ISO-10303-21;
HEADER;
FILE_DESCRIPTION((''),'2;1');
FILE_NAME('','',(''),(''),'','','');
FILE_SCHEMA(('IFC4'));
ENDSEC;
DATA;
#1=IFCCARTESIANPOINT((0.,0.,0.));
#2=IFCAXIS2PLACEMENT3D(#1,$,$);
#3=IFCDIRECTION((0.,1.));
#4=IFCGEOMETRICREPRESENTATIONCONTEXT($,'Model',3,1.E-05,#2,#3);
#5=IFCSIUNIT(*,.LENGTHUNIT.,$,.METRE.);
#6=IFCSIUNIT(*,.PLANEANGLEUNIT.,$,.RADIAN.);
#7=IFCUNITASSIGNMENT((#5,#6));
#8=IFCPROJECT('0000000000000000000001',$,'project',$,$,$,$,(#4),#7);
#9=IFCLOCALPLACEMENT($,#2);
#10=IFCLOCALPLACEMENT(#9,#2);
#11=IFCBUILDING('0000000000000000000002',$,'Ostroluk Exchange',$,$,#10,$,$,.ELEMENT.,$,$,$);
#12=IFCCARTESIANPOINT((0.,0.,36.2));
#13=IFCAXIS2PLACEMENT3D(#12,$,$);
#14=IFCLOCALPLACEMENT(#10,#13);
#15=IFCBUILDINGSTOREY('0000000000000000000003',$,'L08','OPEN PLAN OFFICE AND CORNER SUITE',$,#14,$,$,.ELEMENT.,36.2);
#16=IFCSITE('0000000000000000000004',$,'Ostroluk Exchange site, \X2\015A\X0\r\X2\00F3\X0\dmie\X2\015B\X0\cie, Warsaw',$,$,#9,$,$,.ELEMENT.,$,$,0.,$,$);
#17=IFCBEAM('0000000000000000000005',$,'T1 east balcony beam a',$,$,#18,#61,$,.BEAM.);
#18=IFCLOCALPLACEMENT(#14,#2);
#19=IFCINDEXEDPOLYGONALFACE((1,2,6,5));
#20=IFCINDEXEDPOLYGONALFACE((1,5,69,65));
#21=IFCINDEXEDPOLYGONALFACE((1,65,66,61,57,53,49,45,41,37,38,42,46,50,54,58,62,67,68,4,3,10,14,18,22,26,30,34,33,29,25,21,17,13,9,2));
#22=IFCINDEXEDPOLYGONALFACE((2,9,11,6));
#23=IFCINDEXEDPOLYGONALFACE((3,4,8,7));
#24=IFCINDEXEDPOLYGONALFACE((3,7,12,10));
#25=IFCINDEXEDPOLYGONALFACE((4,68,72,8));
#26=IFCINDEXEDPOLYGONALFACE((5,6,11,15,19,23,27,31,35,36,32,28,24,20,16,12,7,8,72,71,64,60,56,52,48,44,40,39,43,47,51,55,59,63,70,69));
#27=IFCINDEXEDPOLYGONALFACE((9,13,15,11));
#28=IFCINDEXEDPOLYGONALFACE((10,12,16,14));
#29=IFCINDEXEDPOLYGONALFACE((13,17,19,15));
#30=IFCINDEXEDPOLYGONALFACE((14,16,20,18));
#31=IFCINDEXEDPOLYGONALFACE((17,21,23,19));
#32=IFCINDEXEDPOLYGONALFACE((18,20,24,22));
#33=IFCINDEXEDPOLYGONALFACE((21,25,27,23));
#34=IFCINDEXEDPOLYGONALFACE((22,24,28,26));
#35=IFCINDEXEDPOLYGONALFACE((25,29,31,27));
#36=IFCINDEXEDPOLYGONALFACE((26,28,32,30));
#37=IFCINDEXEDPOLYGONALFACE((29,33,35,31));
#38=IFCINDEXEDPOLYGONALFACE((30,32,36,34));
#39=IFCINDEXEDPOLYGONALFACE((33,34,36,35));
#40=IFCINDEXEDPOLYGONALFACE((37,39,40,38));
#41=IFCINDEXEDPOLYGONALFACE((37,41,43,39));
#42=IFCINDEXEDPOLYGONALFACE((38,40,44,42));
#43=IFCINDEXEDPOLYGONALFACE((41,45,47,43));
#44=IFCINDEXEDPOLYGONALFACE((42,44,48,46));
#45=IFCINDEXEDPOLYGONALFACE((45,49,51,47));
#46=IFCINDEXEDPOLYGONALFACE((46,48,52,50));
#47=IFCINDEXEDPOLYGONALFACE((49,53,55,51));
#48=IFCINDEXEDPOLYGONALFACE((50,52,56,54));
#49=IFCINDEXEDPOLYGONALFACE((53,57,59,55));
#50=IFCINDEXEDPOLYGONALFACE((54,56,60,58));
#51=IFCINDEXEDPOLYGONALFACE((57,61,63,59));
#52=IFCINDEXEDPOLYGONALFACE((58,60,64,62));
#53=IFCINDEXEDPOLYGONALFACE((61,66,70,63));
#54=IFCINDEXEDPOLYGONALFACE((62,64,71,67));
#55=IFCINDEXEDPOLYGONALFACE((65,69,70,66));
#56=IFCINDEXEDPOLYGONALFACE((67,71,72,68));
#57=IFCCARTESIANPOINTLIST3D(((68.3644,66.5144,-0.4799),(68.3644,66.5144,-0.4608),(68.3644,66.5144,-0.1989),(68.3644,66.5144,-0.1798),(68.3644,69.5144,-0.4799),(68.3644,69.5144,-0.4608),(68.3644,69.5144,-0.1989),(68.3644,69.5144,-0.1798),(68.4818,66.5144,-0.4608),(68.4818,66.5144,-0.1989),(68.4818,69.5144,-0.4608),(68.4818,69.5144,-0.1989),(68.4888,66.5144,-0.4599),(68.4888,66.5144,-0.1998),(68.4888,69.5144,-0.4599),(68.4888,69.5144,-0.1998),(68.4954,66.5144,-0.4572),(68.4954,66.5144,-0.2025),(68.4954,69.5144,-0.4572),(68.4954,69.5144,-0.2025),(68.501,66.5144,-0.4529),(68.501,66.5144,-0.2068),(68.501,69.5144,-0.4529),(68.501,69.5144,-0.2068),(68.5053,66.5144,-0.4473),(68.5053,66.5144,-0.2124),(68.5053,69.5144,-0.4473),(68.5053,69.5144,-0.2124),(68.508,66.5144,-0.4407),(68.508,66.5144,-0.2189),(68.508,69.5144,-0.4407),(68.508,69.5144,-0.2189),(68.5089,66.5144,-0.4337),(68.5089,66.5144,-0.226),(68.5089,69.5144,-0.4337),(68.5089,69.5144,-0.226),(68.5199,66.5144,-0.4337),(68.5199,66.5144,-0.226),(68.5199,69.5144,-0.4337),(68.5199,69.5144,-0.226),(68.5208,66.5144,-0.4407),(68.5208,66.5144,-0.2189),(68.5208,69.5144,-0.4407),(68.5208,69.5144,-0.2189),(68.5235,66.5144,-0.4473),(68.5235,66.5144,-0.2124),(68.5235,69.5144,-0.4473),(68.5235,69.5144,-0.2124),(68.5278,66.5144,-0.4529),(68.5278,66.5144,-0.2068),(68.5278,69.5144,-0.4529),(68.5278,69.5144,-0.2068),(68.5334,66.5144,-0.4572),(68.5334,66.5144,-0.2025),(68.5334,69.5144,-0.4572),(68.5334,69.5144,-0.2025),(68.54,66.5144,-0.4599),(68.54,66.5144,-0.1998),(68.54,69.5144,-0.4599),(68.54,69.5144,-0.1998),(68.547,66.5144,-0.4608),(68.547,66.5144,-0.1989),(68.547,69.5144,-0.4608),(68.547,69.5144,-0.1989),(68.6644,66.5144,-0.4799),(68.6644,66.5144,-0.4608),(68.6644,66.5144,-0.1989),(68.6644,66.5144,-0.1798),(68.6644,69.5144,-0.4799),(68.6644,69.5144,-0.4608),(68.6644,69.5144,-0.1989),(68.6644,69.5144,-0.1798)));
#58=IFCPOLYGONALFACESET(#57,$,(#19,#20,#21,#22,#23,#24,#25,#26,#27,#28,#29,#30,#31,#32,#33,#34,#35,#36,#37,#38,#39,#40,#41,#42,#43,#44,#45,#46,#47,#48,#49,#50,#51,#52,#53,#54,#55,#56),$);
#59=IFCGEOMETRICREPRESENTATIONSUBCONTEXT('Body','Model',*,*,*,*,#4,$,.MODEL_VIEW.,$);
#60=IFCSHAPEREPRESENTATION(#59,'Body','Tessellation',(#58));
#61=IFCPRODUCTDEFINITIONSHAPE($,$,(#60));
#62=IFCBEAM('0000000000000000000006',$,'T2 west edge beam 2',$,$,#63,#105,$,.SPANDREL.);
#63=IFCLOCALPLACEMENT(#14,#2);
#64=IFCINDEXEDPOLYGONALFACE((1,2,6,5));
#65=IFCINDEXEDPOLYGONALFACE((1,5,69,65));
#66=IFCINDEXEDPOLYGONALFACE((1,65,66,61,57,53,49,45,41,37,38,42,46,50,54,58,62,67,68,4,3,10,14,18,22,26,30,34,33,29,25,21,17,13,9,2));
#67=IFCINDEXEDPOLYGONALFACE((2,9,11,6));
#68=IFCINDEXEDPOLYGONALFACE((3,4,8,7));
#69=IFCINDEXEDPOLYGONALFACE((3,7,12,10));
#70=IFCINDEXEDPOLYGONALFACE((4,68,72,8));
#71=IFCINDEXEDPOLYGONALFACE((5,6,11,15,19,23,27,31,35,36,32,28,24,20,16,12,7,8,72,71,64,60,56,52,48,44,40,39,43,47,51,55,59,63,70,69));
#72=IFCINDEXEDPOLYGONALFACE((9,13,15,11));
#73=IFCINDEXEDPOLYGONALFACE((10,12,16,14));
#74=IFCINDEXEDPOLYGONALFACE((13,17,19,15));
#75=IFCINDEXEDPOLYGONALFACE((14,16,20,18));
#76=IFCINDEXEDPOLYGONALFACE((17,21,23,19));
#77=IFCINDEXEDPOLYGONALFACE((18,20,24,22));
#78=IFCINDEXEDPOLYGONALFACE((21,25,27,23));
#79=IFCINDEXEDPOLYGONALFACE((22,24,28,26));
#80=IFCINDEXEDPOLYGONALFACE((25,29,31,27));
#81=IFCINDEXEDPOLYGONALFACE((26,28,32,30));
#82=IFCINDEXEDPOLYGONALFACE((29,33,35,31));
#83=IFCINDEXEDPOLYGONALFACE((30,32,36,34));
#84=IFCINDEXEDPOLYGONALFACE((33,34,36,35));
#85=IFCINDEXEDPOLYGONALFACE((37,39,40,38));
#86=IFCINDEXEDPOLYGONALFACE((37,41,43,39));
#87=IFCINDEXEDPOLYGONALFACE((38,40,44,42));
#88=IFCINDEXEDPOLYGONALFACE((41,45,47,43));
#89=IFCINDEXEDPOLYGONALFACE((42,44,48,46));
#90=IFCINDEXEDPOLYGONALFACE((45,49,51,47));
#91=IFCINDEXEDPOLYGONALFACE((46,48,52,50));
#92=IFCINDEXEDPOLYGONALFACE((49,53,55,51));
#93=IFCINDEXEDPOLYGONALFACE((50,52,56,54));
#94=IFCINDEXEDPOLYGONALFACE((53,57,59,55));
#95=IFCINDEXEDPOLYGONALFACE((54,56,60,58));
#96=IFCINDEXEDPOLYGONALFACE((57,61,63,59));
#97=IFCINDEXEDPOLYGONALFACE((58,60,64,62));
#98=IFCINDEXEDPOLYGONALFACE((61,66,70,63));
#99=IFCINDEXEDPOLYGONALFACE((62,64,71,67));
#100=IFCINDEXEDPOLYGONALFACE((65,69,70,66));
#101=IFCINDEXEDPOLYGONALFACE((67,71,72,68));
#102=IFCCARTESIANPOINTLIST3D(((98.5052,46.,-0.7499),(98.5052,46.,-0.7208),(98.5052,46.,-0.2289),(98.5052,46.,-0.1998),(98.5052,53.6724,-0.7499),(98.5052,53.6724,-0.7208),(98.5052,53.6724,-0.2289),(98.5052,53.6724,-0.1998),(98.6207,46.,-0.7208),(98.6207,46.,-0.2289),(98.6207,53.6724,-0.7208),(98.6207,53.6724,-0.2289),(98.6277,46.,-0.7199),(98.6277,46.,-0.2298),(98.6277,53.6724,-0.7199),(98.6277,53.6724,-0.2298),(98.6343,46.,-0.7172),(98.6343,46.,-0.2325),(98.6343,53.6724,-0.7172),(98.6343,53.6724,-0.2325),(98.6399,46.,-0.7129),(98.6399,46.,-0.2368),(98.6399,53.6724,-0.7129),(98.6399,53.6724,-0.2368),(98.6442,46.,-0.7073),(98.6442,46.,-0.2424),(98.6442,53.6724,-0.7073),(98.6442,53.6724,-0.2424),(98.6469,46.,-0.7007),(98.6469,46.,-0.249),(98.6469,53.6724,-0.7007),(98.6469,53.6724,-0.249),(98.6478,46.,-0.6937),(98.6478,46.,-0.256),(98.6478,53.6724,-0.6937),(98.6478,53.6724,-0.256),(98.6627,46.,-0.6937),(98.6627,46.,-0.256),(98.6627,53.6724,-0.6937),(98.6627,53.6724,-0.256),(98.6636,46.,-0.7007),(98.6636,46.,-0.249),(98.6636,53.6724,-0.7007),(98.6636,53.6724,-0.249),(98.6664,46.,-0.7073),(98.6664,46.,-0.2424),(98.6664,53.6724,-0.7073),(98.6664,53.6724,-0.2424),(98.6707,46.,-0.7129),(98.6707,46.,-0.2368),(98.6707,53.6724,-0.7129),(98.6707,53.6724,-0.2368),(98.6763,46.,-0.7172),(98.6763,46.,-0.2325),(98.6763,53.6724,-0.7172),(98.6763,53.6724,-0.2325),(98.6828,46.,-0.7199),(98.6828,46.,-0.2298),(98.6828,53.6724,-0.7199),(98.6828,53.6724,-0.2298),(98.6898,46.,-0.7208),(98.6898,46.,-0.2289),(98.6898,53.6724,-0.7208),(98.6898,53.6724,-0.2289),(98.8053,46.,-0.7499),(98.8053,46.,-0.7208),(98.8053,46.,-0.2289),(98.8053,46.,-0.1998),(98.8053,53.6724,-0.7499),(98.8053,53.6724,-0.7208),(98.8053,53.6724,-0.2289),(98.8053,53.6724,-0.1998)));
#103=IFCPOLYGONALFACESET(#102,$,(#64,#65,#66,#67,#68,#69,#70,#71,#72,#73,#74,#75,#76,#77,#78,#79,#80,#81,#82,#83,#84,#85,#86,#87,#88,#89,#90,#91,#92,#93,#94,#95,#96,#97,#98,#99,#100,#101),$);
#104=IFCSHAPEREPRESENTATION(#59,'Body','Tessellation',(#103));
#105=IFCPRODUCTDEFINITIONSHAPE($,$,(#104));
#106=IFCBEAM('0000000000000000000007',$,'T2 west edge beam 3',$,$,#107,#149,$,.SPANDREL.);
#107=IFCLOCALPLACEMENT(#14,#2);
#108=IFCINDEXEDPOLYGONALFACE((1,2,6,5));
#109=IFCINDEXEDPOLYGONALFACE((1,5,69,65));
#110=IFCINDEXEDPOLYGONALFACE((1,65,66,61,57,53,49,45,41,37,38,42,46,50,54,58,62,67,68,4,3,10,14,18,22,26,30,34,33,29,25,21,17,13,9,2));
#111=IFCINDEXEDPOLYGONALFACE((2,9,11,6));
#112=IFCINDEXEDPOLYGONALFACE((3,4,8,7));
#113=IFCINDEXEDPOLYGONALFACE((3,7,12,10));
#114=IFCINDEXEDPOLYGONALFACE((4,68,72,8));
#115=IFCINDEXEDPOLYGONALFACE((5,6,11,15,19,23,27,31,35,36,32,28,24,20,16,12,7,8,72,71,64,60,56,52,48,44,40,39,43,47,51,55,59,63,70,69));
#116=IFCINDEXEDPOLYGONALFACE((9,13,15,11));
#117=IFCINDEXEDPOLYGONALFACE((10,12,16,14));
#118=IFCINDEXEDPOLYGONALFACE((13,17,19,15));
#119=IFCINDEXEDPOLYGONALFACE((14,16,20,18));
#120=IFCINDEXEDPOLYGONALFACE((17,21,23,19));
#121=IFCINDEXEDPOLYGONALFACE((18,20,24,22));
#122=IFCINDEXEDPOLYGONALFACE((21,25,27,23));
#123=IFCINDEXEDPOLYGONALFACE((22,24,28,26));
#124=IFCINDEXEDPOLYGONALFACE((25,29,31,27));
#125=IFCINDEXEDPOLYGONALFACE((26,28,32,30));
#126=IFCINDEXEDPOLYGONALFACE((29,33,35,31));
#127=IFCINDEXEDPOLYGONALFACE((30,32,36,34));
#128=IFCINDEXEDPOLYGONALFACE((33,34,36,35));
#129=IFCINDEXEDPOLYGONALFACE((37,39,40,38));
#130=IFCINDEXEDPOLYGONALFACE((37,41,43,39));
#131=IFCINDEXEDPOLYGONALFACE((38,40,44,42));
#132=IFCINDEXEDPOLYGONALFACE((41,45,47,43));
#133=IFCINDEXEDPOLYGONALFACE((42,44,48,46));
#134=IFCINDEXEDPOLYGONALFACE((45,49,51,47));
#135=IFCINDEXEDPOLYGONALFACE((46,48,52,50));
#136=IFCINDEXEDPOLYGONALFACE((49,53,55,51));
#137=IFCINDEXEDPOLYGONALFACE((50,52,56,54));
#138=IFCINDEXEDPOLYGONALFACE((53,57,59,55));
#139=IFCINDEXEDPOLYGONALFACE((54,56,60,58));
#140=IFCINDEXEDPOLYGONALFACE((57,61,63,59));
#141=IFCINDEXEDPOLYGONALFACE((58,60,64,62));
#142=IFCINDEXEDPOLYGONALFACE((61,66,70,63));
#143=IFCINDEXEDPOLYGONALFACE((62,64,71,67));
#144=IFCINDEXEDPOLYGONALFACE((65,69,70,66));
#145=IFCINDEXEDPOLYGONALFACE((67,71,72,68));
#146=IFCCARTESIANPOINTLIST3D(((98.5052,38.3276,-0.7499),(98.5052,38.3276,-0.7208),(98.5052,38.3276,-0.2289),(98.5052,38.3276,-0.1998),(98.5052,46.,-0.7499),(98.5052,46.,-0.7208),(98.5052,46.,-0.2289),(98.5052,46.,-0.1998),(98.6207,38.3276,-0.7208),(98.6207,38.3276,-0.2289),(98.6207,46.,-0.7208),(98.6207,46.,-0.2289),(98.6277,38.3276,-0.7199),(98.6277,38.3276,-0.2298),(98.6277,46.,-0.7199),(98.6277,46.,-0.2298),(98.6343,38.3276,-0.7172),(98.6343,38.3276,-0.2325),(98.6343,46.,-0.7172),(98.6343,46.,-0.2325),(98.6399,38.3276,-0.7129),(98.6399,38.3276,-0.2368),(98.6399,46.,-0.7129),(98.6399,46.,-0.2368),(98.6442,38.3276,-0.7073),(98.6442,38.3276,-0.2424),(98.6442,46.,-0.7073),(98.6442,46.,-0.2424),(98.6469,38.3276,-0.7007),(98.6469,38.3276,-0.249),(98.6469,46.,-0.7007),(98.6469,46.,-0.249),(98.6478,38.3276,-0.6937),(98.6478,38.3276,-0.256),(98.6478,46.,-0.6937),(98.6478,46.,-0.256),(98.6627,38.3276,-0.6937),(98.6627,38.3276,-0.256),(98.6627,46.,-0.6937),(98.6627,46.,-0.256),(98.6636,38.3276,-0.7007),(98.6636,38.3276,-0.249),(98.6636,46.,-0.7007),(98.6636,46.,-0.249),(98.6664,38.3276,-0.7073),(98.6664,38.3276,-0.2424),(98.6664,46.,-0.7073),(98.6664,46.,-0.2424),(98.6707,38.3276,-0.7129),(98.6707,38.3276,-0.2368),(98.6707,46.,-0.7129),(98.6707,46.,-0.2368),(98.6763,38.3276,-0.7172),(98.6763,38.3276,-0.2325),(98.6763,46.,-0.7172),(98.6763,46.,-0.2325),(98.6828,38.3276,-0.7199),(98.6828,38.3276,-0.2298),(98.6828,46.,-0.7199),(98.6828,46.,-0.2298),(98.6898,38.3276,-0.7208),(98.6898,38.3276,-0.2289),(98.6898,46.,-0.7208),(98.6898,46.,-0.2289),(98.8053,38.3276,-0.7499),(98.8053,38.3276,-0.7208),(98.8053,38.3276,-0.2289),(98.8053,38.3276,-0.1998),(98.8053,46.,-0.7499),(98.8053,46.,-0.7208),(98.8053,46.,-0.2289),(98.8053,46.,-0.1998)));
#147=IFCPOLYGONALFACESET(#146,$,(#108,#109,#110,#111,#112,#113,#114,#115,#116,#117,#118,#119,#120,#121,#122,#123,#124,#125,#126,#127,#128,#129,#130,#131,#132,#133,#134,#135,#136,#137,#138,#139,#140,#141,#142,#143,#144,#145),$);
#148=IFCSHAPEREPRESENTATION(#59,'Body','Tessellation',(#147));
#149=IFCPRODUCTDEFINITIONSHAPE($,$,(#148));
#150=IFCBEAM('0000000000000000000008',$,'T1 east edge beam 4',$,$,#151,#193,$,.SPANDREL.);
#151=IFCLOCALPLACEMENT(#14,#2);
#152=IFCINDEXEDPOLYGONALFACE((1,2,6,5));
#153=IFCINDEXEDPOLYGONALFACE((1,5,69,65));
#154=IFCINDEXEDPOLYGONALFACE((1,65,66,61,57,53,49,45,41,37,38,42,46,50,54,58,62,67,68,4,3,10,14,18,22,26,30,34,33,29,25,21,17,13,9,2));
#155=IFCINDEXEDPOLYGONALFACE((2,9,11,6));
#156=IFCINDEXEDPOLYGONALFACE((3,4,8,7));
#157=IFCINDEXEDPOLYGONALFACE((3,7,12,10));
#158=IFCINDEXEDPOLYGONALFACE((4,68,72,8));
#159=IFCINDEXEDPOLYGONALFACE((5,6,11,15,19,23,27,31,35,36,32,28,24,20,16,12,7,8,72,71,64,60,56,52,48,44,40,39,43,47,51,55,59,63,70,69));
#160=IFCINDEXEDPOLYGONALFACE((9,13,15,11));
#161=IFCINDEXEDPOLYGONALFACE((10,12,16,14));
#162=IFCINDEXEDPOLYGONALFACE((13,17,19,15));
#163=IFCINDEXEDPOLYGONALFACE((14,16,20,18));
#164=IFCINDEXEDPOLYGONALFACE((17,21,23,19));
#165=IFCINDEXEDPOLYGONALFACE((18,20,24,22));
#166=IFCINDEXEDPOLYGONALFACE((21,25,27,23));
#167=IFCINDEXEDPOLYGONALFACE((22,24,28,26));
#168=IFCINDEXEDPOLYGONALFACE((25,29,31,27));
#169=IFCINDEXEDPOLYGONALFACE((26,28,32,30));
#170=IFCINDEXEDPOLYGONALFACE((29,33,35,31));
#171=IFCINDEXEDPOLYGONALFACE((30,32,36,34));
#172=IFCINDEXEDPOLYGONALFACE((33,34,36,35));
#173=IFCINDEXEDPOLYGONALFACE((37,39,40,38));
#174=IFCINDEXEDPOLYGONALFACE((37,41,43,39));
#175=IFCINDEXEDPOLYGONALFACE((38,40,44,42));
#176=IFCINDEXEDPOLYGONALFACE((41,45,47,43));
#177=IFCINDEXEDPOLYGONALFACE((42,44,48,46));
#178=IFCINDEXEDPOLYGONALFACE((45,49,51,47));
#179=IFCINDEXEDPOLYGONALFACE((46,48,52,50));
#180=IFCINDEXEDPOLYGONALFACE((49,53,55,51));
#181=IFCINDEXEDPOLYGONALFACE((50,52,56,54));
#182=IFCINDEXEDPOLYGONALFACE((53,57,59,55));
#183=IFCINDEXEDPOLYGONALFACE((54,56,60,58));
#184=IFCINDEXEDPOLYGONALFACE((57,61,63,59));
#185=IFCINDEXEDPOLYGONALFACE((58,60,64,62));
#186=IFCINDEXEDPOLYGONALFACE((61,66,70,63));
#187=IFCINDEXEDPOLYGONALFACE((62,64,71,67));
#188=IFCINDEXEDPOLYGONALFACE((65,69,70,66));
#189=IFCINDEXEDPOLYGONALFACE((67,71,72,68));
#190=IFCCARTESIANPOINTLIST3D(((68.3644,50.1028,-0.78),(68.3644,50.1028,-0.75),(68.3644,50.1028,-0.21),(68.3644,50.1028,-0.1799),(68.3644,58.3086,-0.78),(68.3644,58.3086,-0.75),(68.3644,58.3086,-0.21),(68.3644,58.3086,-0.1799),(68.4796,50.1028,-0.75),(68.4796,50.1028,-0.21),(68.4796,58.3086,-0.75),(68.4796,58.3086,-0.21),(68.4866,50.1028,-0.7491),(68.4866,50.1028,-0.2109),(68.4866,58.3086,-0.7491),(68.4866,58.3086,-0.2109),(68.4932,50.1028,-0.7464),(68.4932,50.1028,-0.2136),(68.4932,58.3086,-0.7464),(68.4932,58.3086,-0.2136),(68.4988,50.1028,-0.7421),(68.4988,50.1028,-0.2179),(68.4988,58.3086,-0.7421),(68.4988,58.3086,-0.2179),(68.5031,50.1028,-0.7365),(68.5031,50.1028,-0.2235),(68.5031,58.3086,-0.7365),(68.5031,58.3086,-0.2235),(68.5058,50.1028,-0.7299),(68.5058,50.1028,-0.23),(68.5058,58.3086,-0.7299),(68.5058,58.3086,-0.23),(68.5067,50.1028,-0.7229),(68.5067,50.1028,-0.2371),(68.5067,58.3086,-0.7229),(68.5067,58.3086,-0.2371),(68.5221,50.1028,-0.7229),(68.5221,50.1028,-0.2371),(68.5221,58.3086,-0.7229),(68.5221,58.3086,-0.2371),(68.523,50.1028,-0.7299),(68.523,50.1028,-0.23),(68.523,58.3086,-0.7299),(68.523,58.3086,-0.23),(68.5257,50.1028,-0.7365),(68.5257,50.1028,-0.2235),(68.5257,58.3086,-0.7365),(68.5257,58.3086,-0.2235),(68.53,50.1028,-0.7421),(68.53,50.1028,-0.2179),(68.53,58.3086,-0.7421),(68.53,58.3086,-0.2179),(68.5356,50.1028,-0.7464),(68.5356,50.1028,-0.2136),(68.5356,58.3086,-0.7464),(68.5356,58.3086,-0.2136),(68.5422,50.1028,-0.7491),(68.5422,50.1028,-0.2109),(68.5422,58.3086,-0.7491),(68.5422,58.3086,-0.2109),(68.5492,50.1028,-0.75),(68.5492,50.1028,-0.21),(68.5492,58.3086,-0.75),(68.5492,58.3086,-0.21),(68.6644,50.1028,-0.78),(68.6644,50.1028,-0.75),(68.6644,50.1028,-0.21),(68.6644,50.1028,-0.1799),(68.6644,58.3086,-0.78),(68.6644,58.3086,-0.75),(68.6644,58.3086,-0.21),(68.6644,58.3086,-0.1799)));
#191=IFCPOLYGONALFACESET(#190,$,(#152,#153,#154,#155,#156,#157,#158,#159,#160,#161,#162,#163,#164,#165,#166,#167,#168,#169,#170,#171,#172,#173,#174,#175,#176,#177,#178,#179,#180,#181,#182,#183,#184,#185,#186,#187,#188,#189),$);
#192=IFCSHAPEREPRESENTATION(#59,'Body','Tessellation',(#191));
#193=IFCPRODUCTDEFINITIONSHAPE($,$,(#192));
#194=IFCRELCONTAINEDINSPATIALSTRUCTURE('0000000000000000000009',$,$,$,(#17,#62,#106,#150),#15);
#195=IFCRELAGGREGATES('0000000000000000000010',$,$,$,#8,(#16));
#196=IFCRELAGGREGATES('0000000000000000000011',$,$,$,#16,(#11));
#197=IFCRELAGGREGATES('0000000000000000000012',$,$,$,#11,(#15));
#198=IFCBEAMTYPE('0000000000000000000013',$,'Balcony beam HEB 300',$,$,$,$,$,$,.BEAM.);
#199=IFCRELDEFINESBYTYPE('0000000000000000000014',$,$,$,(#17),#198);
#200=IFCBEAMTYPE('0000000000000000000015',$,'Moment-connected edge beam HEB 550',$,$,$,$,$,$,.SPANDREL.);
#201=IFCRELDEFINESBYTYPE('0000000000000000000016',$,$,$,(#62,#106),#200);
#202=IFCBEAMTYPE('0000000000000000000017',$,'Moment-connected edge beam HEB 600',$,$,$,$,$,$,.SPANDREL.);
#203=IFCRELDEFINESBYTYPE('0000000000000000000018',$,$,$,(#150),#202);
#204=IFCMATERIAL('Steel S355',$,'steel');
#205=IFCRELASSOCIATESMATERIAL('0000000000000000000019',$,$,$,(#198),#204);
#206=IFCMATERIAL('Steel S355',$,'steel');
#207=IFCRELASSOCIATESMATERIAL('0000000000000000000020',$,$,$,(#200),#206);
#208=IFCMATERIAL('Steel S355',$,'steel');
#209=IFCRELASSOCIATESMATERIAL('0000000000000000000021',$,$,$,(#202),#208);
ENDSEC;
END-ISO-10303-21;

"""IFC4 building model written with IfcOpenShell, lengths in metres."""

from ifc_helpers import new_model, si_unit, direction, frame, origin, origin_2d, place, context, subcontext, project, spatial, i_section, extrude, material, material_profile, profile_set, type_object, element, save


model = new_model("IFC4")

# Units and contexts
model_context = context("Model", 3, precision=1e-05, world=origin(), true_north=direction((0.0, 1.0)))
body_context = subcontext(model_context, "Body", "Model", "MODEL_VIEW")
ifc_project = project(units=[si_unit("LENGTHUNIT", "METRE"), si_unit("PLANEANGLEUNIT", "RADIAN")], contexts=[model_context])

# Site, building, storey
site_placement = place(None, origin())
site = spatial("IfcSite", under=ifc_project, at=site_placement, Name="Ostroluk Exchange site, Śródmieście, Warsaw", CompositionType="ELEMENT", RefElevation=0.0)
building_placement = place(site_placement, origin())
building = spatial("IfcBuilding", under=site, at=building_placement, Name="Ostroluk Exchange", CompositionType="ELEMENT")
storey_placement = place(building_placement, frame((0.0, 0.0, 36.2)))
storey = spatial("IfcBuildingStorey", under=building, at=storey_placement, Name="L08", Description="OPEN PLAN OFFICE AND CORNER SUITE", CompositionType="ELEMENT", Elevation=36.2)

# Beams
ifc_material_1 = material(Name="Steel S355", Category="steel")
ifc_material_profile_1 = material_profile(ifc_material_1, i_section(OverallWidth=0.3, OverallDepth=0.3, WebThickness=0.011, FlangeThickness=0.019, FilletRadius=0.0271, at=origin_2d()), Name="HEB 300")
ifc_profile_set_1 = profile_set([ifc_material_profile_1], Name="Steel S355")
beam_type_1 = type_object("IfcBeamType", Name="Balcony beam HEB 300", PredefinedType="BEAM", material=ifc_profile_set_1)
beam_placement = place(storey_placement, frame((68.5144, 66.5144, -0.3298), z_axis=(0.0, 1.0, 0.0), x_axis=(-1.0, 0.0, 0.0)))
element("IfcBeam", 1, at=beam_placement, inside=storey, type_object=beam_type_1, Name="T1 east balcony beam a", PredefinedType="BEAM", context=body_context, shape_type="SweptSolid", body=[
    extrude(i_section(OverallWidth=0.3, OverallDepth=0.3, WebThickness=0.011, FlangeThickness=0.019, FilletRadius=0.0271, at=origin_2d()), origin(), (0.0, 0.0, 1.0), 3.0),
])
ifc_material_2 = material(Name="Steel S355", Category="steel")
ifc_material_profile_2 = material_profile(ifc_material_2, i_section(OverallWidth=0.3, OverallDepth=0.55, WebThickness=0.0149, FlangeThickness=0.0291, FilletRadius=0.0271, at=origin_2d()), Name="HEB 550")
ifc_profile_set_2 = profile_set([ifc_material_profile_2], Name="Steel S355")
beam_type_2 = type_object("IfcBeamType", Name="Moment-connected edge beam HEB 550", PredefinedType="SPANDREL", material=ifc_profile_set_2)
for number, where, z_axis, x_axis, name in (
    (2, (98.6553, 53.6724, -0.4749), (0.0, -1.0, 0.0), (1.0, 0.0, 0.0), "T2 west edge beam 2"),
    (3, (98.6553, 46.0, -0.4749), (0.0, -1.0, 0.0), (1.0, 0.0, 0.0), "T2 west edge beam 3"),
):
    element("IfcBeam", number, at=place(storey_placement, frame(where, z_axis=z_axis, x_axis=x_axis)), inside=storey, type_object=beam_type_2, Name=name, PredefinedType="SPANDREL", context=body_context, shape_type="SweptSolid", body=[
        extrude(i_section(OverallWidth=0.3, OverallDepth=0.55, WebThickness=0.0149, FlangeThickness=0.0291, FilletRadius=0.0271, at=origin_2d()), origin(), (0.0, 0.0, 1.0), 7.6724),
    ])
ifc_material_3 = material(Name="Steel S355", Category="steel")
ifc_material_profile_3 = material_profile(ifc_material_3, i_section(OverallWidth=0.3, OverallDepth=0.6001, WebThickness=0.0154, FlangeThickness=0.03, FilletRadius=0.0271, at=origin_2d()), Name="HEB 600")
ifc_profile_set_3 = profile_set([ifc_material_profile_3], Name="Steel S355")
beam_type_3 = type_object("IfcBeamType", Name="Moment-connected edge beam HEB 600", PredefinedType="SPANDREL", material=ifc_profile_set_3)
for number, where, z_axis, x_axis, name in (
    (4, (68.5144, 50.1028, -0.48), (0.0, 1.0, 0.0), (-1.0, 0.0, 0.0), "T1 east edge beam 4"),
):
    element("IfcBeam", number, at=place(storey_placement, frame(where, z_axis=z_axis, x_axis=x_axis)), inside=storey, type_object=beam_type_3, Name=name, PredefinedType="SPANDREL", context=body_context, shape_type="SweptSolid", body=[
        extrude(i_section(OverallWidth=0.3, OverallDepth=0.6001, WebThickness=0.0154, FlangeThickness=0.03, FilletRadius=0.0271, at=origin_2d()), origin(), (0.0, 0.0, 1.0), 8.2058),
    ])

save(model, "model.ifc")
